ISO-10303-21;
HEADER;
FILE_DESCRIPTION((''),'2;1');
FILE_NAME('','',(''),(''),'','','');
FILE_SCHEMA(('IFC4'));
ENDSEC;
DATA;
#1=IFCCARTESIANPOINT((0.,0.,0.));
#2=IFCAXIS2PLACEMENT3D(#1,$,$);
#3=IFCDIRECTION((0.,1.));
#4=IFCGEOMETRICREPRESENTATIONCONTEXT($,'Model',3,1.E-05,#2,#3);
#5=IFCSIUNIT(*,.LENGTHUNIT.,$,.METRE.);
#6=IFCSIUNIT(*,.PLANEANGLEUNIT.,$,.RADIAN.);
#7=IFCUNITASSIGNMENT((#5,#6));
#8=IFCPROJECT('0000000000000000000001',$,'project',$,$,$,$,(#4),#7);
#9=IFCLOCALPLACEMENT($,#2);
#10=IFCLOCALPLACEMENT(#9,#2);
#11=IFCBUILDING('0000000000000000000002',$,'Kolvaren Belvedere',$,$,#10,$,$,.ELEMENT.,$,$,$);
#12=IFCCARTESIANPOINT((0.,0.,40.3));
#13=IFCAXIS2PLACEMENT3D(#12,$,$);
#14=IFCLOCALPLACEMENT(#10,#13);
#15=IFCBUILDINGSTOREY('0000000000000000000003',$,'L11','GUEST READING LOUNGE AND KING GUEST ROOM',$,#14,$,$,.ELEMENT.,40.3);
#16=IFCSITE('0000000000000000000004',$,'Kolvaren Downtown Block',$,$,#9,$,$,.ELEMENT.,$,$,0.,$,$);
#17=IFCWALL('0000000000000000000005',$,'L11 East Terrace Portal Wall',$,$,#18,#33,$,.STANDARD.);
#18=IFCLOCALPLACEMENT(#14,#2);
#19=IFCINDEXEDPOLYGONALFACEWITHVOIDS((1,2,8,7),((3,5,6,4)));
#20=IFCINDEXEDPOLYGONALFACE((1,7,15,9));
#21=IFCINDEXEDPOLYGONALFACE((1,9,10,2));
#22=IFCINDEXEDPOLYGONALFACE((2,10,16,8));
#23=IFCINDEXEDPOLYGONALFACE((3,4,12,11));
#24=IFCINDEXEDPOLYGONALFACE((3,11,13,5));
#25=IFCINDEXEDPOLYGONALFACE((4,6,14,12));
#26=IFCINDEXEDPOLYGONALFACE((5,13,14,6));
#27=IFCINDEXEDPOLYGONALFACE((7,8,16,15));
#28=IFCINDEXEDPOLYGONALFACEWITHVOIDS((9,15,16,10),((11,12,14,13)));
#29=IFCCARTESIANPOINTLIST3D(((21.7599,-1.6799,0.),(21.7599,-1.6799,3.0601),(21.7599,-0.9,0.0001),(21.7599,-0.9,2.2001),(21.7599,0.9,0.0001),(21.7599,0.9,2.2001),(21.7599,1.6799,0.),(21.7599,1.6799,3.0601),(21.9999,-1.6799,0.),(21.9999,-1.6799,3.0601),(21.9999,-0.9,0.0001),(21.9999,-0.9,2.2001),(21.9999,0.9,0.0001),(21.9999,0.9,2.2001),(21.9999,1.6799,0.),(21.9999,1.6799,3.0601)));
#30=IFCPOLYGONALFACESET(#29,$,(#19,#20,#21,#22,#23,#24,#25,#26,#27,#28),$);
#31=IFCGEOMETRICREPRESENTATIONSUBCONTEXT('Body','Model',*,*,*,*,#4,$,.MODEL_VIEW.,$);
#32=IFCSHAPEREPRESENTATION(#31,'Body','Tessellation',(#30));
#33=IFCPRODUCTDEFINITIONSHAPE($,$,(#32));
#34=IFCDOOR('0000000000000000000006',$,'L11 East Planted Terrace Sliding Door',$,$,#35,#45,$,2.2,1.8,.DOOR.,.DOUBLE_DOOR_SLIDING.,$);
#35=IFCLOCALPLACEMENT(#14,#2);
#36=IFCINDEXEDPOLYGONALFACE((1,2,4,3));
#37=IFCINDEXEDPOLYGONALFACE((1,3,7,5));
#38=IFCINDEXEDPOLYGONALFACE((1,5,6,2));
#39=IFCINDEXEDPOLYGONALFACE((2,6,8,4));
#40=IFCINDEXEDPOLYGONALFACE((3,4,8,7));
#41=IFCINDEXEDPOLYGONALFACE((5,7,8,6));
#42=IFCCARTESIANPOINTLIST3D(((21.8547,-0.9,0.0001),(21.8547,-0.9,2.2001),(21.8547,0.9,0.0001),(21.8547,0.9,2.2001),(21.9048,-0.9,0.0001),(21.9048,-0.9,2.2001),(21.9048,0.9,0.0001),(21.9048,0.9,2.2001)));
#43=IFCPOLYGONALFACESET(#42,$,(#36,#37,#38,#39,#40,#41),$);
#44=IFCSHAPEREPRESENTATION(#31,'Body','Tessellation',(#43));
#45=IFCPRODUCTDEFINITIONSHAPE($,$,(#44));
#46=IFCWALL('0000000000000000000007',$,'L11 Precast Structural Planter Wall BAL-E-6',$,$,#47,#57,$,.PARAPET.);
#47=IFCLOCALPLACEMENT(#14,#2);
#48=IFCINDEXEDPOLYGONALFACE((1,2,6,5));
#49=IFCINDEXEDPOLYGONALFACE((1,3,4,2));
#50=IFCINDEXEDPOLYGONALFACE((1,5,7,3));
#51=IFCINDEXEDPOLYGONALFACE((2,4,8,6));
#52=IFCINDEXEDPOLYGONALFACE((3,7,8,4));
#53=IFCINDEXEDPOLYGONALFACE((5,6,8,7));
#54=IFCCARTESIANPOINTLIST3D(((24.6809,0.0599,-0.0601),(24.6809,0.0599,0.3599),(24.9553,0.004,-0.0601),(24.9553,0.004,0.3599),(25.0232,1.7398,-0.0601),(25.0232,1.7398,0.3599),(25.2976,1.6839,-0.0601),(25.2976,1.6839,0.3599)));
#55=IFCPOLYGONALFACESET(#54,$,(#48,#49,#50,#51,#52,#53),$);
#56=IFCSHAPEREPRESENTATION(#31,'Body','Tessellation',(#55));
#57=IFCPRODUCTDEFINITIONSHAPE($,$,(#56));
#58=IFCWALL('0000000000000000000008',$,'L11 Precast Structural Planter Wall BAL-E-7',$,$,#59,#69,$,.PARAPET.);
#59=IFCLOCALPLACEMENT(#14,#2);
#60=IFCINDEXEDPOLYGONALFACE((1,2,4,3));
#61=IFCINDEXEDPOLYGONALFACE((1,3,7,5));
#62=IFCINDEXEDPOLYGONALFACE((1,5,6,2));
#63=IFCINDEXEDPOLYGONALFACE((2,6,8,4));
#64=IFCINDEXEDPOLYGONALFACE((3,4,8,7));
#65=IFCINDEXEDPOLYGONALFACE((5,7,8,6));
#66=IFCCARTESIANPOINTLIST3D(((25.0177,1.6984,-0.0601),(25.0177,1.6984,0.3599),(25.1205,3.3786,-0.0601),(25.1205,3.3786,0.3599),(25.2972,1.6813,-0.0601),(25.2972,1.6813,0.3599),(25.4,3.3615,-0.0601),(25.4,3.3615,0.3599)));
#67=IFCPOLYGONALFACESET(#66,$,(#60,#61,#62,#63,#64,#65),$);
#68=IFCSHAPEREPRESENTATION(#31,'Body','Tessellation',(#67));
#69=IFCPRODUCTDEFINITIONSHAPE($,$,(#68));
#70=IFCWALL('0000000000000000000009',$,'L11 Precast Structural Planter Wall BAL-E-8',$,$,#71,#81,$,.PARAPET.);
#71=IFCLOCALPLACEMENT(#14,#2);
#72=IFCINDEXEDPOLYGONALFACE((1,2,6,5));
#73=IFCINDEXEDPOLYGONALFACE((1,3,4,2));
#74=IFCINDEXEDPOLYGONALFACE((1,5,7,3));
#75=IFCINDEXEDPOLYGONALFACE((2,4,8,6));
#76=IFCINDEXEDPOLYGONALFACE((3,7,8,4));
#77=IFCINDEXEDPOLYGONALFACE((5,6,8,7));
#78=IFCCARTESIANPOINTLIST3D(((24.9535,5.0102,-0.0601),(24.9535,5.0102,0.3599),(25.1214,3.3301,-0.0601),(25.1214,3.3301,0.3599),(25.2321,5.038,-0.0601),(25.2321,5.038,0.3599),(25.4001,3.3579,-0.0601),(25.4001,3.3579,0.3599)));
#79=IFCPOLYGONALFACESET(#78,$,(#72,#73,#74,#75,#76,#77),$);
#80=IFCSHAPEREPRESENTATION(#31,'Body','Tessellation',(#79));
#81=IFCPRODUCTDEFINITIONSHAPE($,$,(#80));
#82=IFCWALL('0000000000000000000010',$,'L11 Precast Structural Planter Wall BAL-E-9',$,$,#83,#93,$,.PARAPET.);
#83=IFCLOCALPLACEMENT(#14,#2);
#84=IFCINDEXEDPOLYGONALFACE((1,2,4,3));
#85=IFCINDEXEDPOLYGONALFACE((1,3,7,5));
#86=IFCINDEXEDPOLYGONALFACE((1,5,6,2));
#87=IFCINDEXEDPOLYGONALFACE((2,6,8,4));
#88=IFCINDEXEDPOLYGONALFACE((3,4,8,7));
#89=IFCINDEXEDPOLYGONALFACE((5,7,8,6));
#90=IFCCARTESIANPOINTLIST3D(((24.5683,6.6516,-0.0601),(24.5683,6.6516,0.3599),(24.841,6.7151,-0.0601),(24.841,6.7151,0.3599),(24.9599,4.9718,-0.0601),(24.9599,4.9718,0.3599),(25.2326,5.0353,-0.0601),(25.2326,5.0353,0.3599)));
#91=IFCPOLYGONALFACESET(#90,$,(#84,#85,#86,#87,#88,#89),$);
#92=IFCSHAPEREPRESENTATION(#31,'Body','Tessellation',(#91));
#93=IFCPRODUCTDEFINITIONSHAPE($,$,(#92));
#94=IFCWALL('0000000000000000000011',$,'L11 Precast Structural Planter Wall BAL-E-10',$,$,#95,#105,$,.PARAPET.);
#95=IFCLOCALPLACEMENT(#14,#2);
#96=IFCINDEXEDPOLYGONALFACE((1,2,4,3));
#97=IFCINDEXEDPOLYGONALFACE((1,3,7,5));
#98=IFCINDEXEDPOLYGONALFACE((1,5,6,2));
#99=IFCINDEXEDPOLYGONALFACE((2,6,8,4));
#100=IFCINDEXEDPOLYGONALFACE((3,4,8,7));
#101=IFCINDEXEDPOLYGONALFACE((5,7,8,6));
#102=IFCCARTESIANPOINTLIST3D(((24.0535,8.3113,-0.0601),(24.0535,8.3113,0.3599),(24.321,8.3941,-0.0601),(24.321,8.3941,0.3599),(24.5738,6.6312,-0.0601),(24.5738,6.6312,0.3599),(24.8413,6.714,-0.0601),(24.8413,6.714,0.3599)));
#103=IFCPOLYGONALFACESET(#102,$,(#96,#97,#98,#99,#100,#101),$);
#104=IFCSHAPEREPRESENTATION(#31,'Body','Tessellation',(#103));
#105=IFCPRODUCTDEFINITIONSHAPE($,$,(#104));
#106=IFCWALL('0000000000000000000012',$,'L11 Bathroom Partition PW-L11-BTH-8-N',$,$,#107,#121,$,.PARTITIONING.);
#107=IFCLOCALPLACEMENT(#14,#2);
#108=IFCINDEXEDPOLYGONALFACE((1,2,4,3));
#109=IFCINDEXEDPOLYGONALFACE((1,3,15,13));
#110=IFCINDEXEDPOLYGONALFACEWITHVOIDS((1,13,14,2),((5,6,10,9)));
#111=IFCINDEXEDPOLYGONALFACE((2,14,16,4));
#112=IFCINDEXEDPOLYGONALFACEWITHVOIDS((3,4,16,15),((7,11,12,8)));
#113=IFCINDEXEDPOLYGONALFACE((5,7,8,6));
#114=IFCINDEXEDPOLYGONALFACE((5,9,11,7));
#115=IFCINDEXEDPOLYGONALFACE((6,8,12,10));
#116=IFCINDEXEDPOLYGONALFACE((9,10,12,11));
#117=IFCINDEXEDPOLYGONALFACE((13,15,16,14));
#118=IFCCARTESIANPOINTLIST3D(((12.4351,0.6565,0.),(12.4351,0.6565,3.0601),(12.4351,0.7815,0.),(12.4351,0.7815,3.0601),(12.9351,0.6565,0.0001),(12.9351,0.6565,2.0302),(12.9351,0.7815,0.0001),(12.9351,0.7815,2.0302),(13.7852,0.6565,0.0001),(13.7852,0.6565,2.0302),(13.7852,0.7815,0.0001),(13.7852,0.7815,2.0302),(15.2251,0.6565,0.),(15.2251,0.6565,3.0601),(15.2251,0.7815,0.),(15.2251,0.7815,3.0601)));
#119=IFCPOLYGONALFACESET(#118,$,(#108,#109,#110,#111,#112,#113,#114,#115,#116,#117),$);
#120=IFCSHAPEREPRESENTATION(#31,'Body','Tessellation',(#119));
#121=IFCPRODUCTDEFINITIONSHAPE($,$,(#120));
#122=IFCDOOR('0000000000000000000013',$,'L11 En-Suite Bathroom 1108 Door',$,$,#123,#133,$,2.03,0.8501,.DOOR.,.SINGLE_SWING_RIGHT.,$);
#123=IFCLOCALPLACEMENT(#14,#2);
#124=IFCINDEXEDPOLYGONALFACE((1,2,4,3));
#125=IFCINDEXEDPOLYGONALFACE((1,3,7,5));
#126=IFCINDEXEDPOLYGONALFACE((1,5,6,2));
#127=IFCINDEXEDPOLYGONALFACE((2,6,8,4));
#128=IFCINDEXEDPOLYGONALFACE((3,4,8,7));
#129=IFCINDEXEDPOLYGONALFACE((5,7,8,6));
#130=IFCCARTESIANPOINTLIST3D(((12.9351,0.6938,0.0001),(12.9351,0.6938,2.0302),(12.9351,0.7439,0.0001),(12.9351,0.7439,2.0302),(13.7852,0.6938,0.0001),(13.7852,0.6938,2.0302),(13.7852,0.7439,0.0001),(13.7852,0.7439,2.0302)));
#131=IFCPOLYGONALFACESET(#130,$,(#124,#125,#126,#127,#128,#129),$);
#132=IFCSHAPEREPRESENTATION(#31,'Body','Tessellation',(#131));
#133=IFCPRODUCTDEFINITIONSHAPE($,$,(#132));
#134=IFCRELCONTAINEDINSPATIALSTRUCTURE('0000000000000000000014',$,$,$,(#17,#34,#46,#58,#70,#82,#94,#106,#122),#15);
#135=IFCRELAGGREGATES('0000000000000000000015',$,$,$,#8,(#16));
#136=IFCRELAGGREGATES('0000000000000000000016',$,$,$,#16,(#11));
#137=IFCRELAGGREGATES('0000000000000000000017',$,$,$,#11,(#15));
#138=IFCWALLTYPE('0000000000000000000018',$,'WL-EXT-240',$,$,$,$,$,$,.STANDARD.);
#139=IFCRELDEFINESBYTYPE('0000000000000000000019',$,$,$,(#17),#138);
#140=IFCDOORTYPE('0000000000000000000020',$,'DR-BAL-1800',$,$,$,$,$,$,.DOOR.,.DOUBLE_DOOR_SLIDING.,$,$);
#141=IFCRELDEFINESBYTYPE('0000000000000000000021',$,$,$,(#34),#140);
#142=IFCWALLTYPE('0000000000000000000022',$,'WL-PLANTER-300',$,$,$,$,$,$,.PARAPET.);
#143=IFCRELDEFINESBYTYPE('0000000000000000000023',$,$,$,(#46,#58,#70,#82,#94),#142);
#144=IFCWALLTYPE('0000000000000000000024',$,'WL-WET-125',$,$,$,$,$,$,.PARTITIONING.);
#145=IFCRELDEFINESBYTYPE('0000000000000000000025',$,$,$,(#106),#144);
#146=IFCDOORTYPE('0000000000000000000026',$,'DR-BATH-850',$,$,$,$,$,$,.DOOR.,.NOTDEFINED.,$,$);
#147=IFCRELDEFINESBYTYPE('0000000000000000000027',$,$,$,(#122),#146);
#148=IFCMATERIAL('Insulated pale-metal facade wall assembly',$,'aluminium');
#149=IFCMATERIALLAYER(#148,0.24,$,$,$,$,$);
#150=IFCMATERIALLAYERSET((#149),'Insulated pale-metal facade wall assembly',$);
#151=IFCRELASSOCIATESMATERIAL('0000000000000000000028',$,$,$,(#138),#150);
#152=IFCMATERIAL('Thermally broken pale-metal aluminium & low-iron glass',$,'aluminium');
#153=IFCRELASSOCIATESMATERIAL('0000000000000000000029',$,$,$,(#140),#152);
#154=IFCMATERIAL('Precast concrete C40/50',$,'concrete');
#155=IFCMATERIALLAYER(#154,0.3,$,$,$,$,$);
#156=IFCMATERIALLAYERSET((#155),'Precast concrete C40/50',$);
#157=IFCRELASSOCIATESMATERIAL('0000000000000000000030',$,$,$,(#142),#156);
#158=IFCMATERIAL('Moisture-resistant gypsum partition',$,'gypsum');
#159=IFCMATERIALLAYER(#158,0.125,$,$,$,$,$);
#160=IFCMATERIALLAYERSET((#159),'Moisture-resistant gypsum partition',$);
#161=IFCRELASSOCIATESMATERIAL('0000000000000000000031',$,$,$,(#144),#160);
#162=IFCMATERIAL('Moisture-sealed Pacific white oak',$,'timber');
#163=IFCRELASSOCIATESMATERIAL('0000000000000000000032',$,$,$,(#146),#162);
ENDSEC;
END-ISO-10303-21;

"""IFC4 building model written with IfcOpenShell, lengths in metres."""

from ifc_helpers import new_model, si_unit, direction, frame, frame_2d, origin, place, context, subcontext, project, spatial, rectangle, extrude, material, layer, layer_set, type_object, element, fill, save


model = new_model("IFC4")

# Units and contexts
model_context = context("Model", 3, precision=1e-05, world=origin(), true_north=direction((0.0, 1.0)))
body_context = subcontext(model_context, "Body", "Model", "MODEL_VIEW")
ifc_project = project(units=[si_unit("LENGTHUNIT", "METRE"), si_unit("PLANEANGLEUNIT", "RADIAN")], contexts=[model_context])

# Site, building, storey
site_placement = place(None, origin())
site = spatial("IfcSite", under=ifc_project, at=site_placement, Name="Kolvaren Downtown Block", CompositionType="ELEMENT", RefElevation=0.0)
building_placement = place(site_placement, origin())
building = spatial("IfcBuilding", under=site, at=building_placement, Name="Kolvaren Belvedere", CompositionType="ELEMENT")
storey_placement = place(building_placement, frame((0.0, 0.0, 40.3)))
storey = spatial("IfcBuildingStorey", under=building, at=storey_placement, Name="L11", Description="GUEST READING LOUNGE AND KING GUEST ROOM", CompositionType="ELEMENT", Elevation=40.3)

# Wall, opening, door
ifc_material_1 = material(Name="Insulated pale-metal facade wall assembly", Category="aluminium")
ifc_layer_1 = layer(ifc_material_1, 0.24)
ifc_layer_set_1 = layer_set([ifc_layer_1], Name="Insulated pale-metal facade wall assembly")
wall_type_1 = type_object("IfcWallType", Name="WL-EXT-240", PredefinedType="STANDARD", material=ifc_layer_set_1)
wall_1_placement = place(storey_placement, frame((21.8799, 1.6799, 0.0), z_axis=(0.0, 0.0, 1.0), x_axis=(0.0, -1.0, 0.0)))
wall_1 = element("IfcWall", 1, at=wall_1_placement, inside=storey, type_object=wall_type_1, Name="L11 East Terrace Portal Wall", PredefinedType="STANDARD", context=body_context, shape_type="SweptSolid", body=[
    extrude(rectangle(XDim=3.3599, YDim=0.24, at=frame_2d((1.6799, 0.0))), origin(), (0.0, 0.0, 1.0), 3.0601),
])
opening_1_placement = place(wall_1_placement, frame((0.78, 0.0, 0.0)))
opening_1 = element("IfcOpeningElement", 2, at=opening_1_placement, cuts=wall_1, PredefinedType="OPENING", context=body_context, shape_type="SweptSolid", body=[
    extrude(rectangle(XDim=1.8, YDim=2.2, at=frame_2d((0.8999, 1.1001))), frame((0.0, 0.1299, 0.0), z_axis=(0.0, -1.0, 0.0), x_axis=(1.0, 0.0, 0.0)), (0.0, 0.0, 1.0), 0.26),
])
ifc_material_2 = material(Name="Thermally broken pale-metal aluminium & low-iron glass", Category="aluminium")
door_type_1 = type_object("IfcDoorType", Name="DR-BAL-1800", OperationType="DOUBLE_DOOR_SLIDING", PredefinedType="DOOR", material=ifc_material_2)
door_1_placement = place(opening_1_placement, origin())
door_1 = element("IfcDoor", 3, at=door_1_placement, inside=storey, type_object=door_type_1, Name="L11 East Planted Terrace Sliding Door", OperationType="DOUBLE_DOOR_SLIDING", OverallHeight=2.2, OverallWidth=1.8, PredefinedType="DOOR", context=body_context, shape_type="SweptSolid", body=[
    extrude(rectangle(XDim=1.8, YDim=2.2, at=frame_2d((0.8999, 1.1001))), frame((0.0, 0.0249, 0.0), z_axis=(0.0, -1.0, 0.0), x_axis=(1.0, 0.0, 0.0)), (0.0, 0.0, 1.0), 0.05),
])
fill(opening_1, door_1)

# Walls
ifc_material_3 = material(Name="Precast concrete C40/50", Category="concrete")
ifc_layer_2 = layer(ifc_material_3, 0.3)
ifc_layer_set_2 = layer_set([ifc_layer_2], Name="Precast concrete C40/50")
wall_type_2 = type_object("IfcWallType", Name="WL-PLANTER-300", PredefinedType="PARAPET", material=ifc_layer_set_2)
wall_2_placement = place(storey_placement, frame((24.8181, 0.032, -0.0601), z_axis=(0.0, 0.0, 1.0), x_axis=(0.199648, 0.979868, 0.0)))
element("IfcWall", 4, at=wall_2_placement, inside=storey, type_object=wall_type_2, Name="L11 Precast Structural Planter Wall BAL-E-6", PredefinedType="PARAPET", context=body_context, shape_type="SweptSolid", body=[
    extrude(rectangle(XDim=1.7144, YDim=0.28, at=frame_2d((0.8572, 0.0))), origin(), (0.0, 0.0, 1.0), 0.4199),
])
wall_3_placement = place(storey_placement, frame((25.1575, 1.6897, -0.0601), z_axis=(0.0, 0.0, 1.0), x_axis=(0.06106, 0.998134, 0.0)))
element("IfcWall", 5, at=wall_3_placement, inside=storey, type_object=wall_type_2, Name="L11 Precast Structural Planter Wall BAL-E-7", PredefinedType="PARAPET", context=body_context, shape_type="SweptSolid", body=[
    extrude(rectangle(XDim=1.6833, YDim=0.28, at=frame_2d((0.8418, 0.0))), origin(), (0.0, 0.0, 1.0), 0.4199),
])
wall_4_placement = place(storey_placement, frame((25.2607, 3.344, -0.0601), z_axis=(0.0, 0.0, 1.0), x_axis=(-0.099475, 0.99504, 0.0)))
element("IfcWall", 6, at=wall_4_placement, inside=storey, type_object=wall_type_2, Name="L11 Precast Structural Planter Wall BAL-E-8", PredefinedType="PARAPET", context=body_context, shape_type="SweptSolid", body=[
    extrude(rectangle(XDim=1.6885, YDim=0.28, at=frame_2d((0.8442, 0.0))), origin(), (0.0, 0.0, 1.0), 0.4199),
])
wall_5_placement = place(storey_placement, frame((25.0962, 5.0037, -0.0601), z_axis=(0.0, 0.0, 1.0), x_axis=(-0.227019, 0.97389, 0.0)))
element("IfcWall", 7, at=wall_5_placement, inside=storey, type_object=wall_type_2, Name="L11 Precast Structural Planter Wall BAL-E-9", PredefinedType="PARAPET", context=body_context, shape_type="SweptSolid", body=[
    extrude(rectangle(XDim=1.7249, YDim=0.28, at=frame_2d((0.8623, 0.0))), origin(), (0.0, 0.0, 1.0), 0.4199),
])
wall_6_placement = place(storey_placement, frame((24.7075, 6.6726, -0.0601), z_axis=(0.0, 0.0, 1.0), x_axis=(-0.295792, 0.955252, 0.0)))
element("IfcWall", 8, at=wall_6_placement, inside=storey, type_object=wall_type_2, Name="L11 Precast Structural Planter Wall BAL-E-10", PredefinedType="PARAPET", context=body_context, shape_type="SweptSolid", body=[
    extrude(rectangle(XDim=1.7588, YDim=0.28, at=frame_2d((0.8794, 0.0))), origin(), (0.0, 0.0, 1.0), 0.4199),
])

# Wall, opening, door
ifc_material_4 = material(Name="Moisture-resistant gypsum partition", Category="gypsum")
ifc_layer_3 = layer(ifc_material_4, 0.125)
ifc_layer_set_3 = layer_set([ifc_layer_3], Name="Moisture-resistant gypsum partition")
wall_type_3 = type_object("IfcWallType", Name="WL-WET-125", PredefinedType="PARTITIONING", material=ifc_layer_set_3)
wall_7_placement = place(storey_placement, frame((12.4351, 0.719, 0.0), z_axis=(0.0, 0.0, 1.0), x_axis=(1.0, 0.0, 0.0)))
wall_7 = element("IfcWall", 9, at=wall_7_placement, inside=storey, type_object=wall_type_3, Name="L11 Bathroom Partition PW-L11-BTH-8-N", PredefinedType="PARTITIONING", context=body_context, shape_type="SweptSolid", body=[
    extrude(rectangle(XDim=2.79, YDim=0.125, at=frame_2d((1.395, 0.0))), origin(), (0.0, 0.0, 1.0), 3.0601),
])
opening_2_placement = place(wall_7_placement, frame((0.5, 0.0, 0.0)))
opening_2 = element("IfcOpeningElement", 10, at=opening_2_placement, cuts=wall_7, PredefinedType="OPENING", context=body_context, shape_type="SweptSolid", body=[
    extrude(rectangle(XDim=0.8501, YDim=2.03, at=frame_2d((0.425, 1.0151))), frame((0.0, 0.0725, 0.0), z_axis=(0.0, -1.0, 0.0), x_axis=(1.0, 0.0, 0.0)), (0.0, 0.0, 1.0), 0.145),
])
ifc_material_5 = material(Name="Moisture-sealed Pacific white oak", Category="timber")
door_type_2 = type_object("IfcDoorType", Name="DR-BATH-850", OperationType="NOTDEFINED", PredefinedType="DOOR", material=ifc_material_5)
door_2_placement = place(opening_2_placement, origin())
door_2 = element("IfcDoor", 11, at=door_2_placement, inside=storey, type_object=door_type_2, Name="L11 En-Suite Bathroom 1108 Door", OperationType="SINGLE_SWING_RIGHT", OverallHeight=2.03, OverallWidth=0.8501, PredefinedType="DOOR", context=body_context, shape_type="SweptSolid", body=[
    extrude(rectangle(XDim=0.8501, YDim=2.03, at=frame_2d((0.425, 1.0151))), frame((0.0, 0.0249, 0.0), z_axis=(0.0, -1.0, 0.0), x_axis=(1.0, 0.0, 0.0)), (0.0, 0.0, 1.0), 0.05),
])
fill(opening_2, door_2)

save(model, "model.ifc")
